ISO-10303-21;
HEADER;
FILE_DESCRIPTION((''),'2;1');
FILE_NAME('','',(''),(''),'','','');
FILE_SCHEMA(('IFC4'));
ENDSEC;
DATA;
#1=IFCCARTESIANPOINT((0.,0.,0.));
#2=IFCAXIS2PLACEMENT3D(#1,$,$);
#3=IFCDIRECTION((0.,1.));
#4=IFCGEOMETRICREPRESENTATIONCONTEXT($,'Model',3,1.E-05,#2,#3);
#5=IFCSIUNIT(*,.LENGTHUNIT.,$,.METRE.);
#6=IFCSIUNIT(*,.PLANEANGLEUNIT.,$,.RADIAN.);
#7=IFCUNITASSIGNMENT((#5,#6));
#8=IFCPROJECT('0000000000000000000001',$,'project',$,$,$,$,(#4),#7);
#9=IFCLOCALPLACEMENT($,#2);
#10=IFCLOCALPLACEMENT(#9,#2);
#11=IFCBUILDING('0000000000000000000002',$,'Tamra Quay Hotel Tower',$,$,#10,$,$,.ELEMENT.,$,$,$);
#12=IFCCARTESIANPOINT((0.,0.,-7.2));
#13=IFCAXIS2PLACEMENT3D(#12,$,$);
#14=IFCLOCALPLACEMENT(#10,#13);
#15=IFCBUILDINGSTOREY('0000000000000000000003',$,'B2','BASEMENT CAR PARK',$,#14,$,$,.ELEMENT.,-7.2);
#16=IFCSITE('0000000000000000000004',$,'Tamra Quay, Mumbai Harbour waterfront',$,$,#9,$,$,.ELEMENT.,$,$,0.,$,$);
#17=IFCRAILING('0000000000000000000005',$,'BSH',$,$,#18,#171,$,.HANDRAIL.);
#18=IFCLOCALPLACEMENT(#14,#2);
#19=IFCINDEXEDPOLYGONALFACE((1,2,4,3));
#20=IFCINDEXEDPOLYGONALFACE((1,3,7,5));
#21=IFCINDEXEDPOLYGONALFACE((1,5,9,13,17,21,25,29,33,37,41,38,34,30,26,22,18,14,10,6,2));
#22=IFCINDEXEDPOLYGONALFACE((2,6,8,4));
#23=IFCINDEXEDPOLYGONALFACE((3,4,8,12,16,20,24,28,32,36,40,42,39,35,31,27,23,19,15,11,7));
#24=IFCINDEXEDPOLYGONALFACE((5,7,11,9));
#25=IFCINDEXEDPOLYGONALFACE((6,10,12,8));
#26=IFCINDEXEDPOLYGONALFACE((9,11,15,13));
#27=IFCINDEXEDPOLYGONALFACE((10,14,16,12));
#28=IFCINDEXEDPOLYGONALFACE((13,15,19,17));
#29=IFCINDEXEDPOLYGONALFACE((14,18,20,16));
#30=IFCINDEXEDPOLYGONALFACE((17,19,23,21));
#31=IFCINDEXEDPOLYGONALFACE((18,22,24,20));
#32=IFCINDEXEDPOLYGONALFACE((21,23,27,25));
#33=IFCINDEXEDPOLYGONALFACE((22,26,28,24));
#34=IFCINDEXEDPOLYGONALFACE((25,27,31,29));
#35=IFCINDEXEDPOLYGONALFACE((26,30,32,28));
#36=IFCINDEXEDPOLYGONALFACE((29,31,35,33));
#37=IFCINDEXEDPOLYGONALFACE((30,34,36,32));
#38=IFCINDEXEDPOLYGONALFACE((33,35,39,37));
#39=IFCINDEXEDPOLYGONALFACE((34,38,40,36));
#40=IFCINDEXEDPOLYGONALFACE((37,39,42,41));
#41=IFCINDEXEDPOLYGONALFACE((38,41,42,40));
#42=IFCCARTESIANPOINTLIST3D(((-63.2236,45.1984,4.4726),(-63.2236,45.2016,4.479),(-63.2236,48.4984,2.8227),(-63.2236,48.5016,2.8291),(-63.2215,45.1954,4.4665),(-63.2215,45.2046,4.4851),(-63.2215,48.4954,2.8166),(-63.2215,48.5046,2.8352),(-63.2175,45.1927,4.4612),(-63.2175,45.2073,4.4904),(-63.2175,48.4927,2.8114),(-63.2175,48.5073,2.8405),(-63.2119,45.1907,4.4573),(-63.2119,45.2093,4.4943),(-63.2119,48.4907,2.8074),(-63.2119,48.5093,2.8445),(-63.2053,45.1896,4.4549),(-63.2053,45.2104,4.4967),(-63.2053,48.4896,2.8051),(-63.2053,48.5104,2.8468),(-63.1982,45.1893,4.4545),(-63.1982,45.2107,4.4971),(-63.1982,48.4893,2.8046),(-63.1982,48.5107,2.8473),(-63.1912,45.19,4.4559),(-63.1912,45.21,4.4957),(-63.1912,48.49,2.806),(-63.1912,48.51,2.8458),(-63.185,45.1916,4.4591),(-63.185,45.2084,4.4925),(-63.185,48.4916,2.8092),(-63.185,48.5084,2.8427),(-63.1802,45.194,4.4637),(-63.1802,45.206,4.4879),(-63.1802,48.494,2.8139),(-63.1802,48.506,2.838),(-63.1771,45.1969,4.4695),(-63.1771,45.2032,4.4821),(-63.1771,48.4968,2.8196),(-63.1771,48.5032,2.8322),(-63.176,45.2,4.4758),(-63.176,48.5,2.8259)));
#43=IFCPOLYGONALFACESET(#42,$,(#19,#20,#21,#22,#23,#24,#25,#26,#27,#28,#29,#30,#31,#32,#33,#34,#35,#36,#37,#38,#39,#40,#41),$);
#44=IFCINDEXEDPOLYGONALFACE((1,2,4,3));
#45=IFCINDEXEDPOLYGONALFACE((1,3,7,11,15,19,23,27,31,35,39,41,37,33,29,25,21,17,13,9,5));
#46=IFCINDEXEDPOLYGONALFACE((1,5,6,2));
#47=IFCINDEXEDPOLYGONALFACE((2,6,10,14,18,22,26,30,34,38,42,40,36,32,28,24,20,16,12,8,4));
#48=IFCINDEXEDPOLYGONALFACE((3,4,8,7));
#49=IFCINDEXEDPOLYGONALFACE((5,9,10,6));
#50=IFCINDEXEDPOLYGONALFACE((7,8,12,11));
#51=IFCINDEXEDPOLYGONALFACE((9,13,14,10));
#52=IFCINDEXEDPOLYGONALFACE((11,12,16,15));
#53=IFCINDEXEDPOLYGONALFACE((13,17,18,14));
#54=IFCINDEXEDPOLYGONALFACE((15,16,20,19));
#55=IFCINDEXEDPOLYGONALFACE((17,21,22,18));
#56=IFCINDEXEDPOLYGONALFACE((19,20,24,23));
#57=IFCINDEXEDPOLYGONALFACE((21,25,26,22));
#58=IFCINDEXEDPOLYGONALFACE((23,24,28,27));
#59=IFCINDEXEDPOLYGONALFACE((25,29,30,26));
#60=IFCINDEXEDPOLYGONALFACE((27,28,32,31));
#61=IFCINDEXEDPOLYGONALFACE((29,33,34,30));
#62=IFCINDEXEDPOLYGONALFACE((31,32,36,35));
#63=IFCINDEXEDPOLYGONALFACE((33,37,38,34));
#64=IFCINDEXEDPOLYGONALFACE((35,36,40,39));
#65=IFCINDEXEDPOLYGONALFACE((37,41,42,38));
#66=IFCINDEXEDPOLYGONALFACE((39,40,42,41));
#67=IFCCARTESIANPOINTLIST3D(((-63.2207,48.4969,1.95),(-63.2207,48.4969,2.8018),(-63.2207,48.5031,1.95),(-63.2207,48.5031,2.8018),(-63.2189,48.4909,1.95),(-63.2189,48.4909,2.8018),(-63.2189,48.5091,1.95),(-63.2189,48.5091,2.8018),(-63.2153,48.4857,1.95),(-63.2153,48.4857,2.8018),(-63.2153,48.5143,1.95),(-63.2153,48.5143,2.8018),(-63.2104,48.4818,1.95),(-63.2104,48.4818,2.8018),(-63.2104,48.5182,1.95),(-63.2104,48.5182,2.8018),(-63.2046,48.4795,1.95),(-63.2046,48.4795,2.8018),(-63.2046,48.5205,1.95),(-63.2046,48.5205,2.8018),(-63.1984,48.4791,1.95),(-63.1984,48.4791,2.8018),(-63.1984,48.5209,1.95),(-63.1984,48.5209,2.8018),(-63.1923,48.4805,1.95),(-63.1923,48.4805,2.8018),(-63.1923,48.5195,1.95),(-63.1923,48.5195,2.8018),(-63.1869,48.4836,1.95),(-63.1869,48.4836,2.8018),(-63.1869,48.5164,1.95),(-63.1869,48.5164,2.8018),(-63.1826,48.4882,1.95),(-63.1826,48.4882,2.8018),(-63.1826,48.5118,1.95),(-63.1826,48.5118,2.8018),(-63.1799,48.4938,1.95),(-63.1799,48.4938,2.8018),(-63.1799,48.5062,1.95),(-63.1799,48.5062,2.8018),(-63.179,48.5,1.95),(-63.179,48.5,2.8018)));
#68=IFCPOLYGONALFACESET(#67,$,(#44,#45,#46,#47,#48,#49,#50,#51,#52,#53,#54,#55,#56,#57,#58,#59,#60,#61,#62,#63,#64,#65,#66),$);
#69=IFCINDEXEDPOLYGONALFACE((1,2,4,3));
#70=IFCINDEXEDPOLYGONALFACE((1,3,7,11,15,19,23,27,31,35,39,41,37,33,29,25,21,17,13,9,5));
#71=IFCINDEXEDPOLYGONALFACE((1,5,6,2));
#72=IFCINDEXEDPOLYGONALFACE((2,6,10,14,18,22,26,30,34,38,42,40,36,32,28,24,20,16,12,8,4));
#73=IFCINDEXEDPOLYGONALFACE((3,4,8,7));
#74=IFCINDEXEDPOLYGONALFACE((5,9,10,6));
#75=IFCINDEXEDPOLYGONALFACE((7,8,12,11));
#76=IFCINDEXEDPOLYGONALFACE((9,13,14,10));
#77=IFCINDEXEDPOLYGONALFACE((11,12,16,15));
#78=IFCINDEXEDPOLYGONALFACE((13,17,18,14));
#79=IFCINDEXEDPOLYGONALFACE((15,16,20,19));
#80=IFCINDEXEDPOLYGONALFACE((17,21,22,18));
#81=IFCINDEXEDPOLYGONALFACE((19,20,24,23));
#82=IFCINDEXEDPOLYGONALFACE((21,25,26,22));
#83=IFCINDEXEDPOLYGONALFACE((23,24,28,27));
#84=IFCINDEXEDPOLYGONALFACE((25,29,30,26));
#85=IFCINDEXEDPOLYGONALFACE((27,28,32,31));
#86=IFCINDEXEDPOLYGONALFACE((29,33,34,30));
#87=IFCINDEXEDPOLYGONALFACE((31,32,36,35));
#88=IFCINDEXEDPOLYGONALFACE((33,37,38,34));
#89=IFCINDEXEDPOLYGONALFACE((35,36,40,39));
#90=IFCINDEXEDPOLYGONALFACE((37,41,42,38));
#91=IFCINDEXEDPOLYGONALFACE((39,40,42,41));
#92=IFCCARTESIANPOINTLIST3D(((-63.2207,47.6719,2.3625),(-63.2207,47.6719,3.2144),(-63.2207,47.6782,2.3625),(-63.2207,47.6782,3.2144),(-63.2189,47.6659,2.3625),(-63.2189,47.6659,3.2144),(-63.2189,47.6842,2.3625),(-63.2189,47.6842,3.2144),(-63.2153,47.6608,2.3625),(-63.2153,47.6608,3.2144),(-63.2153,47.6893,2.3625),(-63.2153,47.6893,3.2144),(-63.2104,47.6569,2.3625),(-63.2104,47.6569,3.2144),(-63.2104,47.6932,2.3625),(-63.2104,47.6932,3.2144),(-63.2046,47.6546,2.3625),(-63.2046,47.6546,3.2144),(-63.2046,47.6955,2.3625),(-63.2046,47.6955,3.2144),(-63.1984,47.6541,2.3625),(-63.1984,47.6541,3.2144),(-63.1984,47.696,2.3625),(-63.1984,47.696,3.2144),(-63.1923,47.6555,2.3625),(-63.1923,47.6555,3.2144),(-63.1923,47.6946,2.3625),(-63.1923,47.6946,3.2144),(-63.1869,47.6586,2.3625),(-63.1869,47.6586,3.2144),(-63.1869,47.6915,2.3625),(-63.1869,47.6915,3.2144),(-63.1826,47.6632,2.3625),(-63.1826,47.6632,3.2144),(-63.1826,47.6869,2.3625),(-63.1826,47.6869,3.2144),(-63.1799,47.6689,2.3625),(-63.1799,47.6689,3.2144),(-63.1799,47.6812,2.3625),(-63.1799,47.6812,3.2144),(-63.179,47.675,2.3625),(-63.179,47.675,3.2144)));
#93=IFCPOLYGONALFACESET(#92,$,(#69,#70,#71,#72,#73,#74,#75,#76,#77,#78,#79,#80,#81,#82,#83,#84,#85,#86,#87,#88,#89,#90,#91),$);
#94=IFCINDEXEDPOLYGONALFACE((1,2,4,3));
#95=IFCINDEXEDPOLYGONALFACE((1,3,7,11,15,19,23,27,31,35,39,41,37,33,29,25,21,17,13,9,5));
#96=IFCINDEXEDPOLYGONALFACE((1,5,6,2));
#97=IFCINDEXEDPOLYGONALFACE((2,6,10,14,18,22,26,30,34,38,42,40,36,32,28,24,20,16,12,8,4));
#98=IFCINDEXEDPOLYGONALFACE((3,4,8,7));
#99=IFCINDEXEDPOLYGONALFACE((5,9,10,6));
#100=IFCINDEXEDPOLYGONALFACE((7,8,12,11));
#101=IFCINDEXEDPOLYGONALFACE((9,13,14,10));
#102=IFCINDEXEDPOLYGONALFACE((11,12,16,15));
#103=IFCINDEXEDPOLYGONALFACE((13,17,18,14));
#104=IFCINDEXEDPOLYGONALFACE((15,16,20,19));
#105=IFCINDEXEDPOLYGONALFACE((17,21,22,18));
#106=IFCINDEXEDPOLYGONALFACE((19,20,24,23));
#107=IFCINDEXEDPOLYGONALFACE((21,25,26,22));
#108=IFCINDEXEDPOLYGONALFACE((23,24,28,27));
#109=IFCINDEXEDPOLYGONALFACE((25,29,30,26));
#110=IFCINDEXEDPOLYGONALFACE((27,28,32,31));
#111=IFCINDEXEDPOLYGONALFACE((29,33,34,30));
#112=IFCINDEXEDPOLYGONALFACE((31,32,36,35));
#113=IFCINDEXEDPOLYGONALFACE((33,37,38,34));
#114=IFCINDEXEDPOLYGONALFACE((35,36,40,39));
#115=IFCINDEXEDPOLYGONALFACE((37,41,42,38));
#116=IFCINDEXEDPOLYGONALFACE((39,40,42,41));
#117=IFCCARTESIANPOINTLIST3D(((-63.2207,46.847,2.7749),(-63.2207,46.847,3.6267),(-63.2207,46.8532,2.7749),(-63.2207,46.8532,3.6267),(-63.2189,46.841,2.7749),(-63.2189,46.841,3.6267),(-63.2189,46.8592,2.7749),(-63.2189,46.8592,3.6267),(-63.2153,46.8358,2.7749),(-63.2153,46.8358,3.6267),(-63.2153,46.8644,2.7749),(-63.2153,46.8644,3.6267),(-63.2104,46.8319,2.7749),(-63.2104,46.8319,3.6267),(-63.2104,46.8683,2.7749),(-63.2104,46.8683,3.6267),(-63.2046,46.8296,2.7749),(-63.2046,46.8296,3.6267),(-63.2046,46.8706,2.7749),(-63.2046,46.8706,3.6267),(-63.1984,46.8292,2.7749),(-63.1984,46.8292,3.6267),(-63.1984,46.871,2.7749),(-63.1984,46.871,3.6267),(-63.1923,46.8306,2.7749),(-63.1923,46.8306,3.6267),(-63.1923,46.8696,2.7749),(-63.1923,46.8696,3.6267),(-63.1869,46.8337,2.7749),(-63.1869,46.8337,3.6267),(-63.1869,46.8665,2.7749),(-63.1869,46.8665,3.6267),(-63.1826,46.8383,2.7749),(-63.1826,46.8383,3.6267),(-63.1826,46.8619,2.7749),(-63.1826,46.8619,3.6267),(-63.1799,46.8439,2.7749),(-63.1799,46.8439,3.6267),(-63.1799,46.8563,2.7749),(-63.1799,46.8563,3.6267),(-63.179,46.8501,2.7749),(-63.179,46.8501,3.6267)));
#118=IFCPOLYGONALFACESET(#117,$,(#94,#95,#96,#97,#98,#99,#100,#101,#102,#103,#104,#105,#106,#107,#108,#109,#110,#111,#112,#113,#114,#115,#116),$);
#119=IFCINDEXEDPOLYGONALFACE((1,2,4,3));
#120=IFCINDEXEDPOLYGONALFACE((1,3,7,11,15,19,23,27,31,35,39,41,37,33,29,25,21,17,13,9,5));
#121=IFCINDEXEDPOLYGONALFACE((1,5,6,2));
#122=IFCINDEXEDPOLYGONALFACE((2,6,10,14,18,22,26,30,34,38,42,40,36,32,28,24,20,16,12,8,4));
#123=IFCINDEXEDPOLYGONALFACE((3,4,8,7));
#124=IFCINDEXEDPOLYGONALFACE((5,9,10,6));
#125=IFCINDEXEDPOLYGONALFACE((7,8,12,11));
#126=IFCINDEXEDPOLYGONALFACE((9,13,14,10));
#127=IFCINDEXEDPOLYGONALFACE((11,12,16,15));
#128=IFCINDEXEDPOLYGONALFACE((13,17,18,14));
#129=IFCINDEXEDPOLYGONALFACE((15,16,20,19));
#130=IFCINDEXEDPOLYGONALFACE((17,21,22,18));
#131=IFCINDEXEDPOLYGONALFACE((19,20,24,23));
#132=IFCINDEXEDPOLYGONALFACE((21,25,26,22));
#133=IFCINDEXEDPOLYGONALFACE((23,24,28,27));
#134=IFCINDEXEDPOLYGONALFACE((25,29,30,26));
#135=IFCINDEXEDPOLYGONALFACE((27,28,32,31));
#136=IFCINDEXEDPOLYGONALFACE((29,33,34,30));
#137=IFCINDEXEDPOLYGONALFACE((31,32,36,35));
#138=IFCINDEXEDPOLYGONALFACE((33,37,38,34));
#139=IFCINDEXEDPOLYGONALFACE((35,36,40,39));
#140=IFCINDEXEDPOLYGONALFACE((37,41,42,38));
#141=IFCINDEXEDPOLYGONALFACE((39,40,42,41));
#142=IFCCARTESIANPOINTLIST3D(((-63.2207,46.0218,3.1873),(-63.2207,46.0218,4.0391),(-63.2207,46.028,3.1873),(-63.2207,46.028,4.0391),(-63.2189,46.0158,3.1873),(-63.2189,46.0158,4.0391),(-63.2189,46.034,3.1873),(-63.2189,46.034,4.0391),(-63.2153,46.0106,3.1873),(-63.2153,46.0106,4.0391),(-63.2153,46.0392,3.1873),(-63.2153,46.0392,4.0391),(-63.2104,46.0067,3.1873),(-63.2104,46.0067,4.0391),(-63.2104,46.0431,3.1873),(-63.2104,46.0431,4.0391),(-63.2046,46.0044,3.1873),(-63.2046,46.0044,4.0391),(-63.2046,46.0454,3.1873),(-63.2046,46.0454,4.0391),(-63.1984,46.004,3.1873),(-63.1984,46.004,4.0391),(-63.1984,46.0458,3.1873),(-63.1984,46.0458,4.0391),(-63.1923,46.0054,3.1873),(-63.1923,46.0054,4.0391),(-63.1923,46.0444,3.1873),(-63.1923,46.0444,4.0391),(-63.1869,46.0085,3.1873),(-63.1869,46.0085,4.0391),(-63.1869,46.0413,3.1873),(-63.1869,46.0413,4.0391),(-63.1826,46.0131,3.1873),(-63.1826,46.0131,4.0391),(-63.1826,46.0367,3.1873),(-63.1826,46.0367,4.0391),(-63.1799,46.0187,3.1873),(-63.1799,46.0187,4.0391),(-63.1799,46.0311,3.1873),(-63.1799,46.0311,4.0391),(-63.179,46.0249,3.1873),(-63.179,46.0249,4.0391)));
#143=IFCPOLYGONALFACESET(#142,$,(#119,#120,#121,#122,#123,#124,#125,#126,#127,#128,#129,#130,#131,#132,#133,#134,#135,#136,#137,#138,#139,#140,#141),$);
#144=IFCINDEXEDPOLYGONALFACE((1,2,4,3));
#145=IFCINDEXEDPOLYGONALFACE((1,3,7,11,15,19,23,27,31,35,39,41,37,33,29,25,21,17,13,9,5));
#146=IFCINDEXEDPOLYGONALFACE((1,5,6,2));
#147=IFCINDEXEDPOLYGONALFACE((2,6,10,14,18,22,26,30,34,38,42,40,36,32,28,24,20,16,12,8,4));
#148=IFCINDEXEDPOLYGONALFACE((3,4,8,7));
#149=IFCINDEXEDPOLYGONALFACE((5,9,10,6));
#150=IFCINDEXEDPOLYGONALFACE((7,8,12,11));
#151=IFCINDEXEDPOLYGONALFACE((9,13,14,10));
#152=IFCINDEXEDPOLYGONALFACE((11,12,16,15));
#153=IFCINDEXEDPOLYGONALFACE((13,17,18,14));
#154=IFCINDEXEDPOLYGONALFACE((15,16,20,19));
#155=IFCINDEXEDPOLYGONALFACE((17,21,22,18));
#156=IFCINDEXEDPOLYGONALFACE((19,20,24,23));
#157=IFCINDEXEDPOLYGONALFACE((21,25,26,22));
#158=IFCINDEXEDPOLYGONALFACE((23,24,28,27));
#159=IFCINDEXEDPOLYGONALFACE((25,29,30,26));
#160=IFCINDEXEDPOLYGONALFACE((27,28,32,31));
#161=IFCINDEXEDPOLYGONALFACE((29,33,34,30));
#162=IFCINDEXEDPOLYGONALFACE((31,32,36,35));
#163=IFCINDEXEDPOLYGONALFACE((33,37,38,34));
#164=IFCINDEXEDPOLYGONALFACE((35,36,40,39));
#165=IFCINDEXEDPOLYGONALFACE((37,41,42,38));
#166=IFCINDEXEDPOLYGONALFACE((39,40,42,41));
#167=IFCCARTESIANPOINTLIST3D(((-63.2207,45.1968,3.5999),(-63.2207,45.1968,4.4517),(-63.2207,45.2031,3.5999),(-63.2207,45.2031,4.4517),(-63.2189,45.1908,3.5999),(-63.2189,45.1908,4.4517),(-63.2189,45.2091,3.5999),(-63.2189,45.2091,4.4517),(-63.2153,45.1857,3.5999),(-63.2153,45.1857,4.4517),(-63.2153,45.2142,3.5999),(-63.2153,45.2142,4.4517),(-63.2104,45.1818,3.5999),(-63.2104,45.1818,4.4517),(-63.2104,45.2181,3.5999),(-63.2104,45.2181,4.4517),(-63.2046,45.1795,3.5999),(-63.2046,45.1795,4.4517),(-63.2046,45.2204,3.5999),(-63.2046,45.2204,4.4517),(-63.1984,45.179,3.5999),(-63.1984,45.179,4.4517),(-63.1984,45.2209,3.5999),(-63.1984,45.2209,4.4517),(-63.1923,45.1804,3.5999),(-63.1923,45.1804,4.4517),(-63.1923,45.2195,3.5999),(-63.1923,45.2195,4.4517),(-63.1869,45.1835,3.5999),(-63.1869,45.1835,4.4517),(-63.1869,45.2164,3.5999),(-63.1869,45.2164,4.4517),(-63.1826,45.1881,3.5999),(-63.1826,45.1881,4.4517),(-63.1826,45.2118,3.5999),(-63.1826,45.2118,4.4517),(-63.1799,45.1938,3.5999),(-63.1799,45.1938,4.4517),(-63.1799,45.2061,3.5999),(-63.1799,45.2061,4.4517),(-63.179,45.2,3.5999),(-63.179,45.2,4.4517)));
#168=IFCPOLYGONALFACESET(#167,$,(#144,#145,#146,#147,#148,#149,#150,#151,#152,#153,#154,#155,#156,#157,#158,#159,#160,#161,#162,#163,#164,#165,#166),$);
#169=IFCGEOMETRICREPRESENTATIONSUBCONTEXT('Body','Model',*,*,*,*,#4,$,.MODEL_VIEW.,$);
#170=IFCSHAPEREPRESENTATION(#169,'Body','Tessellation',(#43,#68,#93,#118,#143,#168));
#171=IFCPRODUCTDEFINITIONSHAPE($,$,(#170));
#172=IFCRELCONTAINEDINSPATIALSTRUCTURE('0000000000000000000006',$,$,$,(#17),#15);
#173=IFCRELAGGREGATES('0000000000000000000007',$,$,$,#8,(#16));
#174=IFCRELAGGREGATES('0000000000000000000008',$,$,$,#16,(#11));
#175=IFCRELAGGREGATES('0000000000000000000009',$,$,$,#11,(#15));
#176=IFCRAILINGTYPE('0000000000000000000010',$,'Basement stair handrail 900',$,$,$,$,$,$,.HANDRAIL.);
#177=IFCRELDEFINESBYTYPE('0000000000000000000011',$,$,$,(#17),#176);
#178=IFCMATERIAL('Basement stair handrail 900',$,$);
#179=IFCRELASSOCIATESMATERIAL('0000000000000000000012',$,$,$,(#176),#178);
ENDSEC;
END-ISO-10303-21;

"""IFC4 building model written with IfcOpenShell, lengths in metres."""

from ifc_helpers import new_model, si_unit, direction, frame, origin, origin_2d, place, context, subcontext, project, spatial, circle, extrude, material, type_object, element, save


model = new_model("IFC4")

# Units and contexts
model_context = context("Model", 3, precision=1e-05, world=origin(), true_north=direction((0.0, 1.0)))
body_context = subcontext(model_context, "Body", "Model", "MODEL_VIEW")
ifc_project = project(units=[si_unit("LENGTHUNIT", "METRE"), si_unit("PLANEANGLEUNIT", "RADIAN")], contexts=[model_context])

# Site, building, storey
site_placement = place(None, origin())
site = spatial("IfcSite", under=ifc_project, at=site_placement, Name="Tamra Quay, Mumbai Harbour waterfront", CompositionType="ELEMENT", RefElevation=0.0)
building_placement = place(site_placement, origin())
building = spatial("IfcBuilding", under=site, at=building_placement, Name="Tamra Quay Hotel Tower", CompositionType="ELEMENT")
storey_placement = place(building_placement, frame((0.0, 0.0, -7.2)))
storey = spatial("IfcBuildingStorey", under=building, at=storey_placement, Name="B2", Description="BASEMENT CAR PARK", CompositionType="ELEMENT", Elevation=-7.2)

# Railing
ifc_material_1 = material(Name="Basement stair handrail 900")
railing_type_1 = type_object("IfcRailingType", Name="Basement stair handrail 900", PredefinedType="HANDRAIL", material=ifc_material_1)
railing_1_placement = place(storey_placement, frame((-63.2, 48.5, 1.95)))
element("IfcRailing", 1, at=railing_1_placement, inside=storey, type_object=railing_type_1, Name="BSH", PredefinedType="HANDRAIL", context=body_context, shape_type="SweptSolid", body=[
    extrude(circle(Radius=0.0239, at=origin_2d()), frame((0.0, 0.0, 0.876), z_axis=(0.0, -0.89444, 0.447187), x_axis=(1.0, 0.0, 0.0)), (0.0, 0.0, 1.0), 3.6895),
    extrude(circle(Radius=0.021, at=origin_2d()), origin(), (0.0, 0.0, 1.0), 0.8518),
    extrude(circle(Radius=0.021, at=origin_2d()), frame((0.0, -0.825, 0.4126)), (0.0, 0.0, 1.0), 0.8518),
    extrude(circle(Radius=0.021, at=origin_2d()), frame((0.0, -1.6499, 0.825)), (0.0, 0.0, 1.0), 0.8518),
    extrude(circle(Radius=0.021, at=origin_2d()), frame((0.0, -2.4751, 1.2373)), (0.0, 0.0, 1.0), 0.8518),
    extrude(circle(Radius=0.021, at=origin_2d()), frame((0.0, -3.3, 1.6499)), (0.0, 0.0, 1.0), 0.8518),
])

save(model, "model.ifc")
